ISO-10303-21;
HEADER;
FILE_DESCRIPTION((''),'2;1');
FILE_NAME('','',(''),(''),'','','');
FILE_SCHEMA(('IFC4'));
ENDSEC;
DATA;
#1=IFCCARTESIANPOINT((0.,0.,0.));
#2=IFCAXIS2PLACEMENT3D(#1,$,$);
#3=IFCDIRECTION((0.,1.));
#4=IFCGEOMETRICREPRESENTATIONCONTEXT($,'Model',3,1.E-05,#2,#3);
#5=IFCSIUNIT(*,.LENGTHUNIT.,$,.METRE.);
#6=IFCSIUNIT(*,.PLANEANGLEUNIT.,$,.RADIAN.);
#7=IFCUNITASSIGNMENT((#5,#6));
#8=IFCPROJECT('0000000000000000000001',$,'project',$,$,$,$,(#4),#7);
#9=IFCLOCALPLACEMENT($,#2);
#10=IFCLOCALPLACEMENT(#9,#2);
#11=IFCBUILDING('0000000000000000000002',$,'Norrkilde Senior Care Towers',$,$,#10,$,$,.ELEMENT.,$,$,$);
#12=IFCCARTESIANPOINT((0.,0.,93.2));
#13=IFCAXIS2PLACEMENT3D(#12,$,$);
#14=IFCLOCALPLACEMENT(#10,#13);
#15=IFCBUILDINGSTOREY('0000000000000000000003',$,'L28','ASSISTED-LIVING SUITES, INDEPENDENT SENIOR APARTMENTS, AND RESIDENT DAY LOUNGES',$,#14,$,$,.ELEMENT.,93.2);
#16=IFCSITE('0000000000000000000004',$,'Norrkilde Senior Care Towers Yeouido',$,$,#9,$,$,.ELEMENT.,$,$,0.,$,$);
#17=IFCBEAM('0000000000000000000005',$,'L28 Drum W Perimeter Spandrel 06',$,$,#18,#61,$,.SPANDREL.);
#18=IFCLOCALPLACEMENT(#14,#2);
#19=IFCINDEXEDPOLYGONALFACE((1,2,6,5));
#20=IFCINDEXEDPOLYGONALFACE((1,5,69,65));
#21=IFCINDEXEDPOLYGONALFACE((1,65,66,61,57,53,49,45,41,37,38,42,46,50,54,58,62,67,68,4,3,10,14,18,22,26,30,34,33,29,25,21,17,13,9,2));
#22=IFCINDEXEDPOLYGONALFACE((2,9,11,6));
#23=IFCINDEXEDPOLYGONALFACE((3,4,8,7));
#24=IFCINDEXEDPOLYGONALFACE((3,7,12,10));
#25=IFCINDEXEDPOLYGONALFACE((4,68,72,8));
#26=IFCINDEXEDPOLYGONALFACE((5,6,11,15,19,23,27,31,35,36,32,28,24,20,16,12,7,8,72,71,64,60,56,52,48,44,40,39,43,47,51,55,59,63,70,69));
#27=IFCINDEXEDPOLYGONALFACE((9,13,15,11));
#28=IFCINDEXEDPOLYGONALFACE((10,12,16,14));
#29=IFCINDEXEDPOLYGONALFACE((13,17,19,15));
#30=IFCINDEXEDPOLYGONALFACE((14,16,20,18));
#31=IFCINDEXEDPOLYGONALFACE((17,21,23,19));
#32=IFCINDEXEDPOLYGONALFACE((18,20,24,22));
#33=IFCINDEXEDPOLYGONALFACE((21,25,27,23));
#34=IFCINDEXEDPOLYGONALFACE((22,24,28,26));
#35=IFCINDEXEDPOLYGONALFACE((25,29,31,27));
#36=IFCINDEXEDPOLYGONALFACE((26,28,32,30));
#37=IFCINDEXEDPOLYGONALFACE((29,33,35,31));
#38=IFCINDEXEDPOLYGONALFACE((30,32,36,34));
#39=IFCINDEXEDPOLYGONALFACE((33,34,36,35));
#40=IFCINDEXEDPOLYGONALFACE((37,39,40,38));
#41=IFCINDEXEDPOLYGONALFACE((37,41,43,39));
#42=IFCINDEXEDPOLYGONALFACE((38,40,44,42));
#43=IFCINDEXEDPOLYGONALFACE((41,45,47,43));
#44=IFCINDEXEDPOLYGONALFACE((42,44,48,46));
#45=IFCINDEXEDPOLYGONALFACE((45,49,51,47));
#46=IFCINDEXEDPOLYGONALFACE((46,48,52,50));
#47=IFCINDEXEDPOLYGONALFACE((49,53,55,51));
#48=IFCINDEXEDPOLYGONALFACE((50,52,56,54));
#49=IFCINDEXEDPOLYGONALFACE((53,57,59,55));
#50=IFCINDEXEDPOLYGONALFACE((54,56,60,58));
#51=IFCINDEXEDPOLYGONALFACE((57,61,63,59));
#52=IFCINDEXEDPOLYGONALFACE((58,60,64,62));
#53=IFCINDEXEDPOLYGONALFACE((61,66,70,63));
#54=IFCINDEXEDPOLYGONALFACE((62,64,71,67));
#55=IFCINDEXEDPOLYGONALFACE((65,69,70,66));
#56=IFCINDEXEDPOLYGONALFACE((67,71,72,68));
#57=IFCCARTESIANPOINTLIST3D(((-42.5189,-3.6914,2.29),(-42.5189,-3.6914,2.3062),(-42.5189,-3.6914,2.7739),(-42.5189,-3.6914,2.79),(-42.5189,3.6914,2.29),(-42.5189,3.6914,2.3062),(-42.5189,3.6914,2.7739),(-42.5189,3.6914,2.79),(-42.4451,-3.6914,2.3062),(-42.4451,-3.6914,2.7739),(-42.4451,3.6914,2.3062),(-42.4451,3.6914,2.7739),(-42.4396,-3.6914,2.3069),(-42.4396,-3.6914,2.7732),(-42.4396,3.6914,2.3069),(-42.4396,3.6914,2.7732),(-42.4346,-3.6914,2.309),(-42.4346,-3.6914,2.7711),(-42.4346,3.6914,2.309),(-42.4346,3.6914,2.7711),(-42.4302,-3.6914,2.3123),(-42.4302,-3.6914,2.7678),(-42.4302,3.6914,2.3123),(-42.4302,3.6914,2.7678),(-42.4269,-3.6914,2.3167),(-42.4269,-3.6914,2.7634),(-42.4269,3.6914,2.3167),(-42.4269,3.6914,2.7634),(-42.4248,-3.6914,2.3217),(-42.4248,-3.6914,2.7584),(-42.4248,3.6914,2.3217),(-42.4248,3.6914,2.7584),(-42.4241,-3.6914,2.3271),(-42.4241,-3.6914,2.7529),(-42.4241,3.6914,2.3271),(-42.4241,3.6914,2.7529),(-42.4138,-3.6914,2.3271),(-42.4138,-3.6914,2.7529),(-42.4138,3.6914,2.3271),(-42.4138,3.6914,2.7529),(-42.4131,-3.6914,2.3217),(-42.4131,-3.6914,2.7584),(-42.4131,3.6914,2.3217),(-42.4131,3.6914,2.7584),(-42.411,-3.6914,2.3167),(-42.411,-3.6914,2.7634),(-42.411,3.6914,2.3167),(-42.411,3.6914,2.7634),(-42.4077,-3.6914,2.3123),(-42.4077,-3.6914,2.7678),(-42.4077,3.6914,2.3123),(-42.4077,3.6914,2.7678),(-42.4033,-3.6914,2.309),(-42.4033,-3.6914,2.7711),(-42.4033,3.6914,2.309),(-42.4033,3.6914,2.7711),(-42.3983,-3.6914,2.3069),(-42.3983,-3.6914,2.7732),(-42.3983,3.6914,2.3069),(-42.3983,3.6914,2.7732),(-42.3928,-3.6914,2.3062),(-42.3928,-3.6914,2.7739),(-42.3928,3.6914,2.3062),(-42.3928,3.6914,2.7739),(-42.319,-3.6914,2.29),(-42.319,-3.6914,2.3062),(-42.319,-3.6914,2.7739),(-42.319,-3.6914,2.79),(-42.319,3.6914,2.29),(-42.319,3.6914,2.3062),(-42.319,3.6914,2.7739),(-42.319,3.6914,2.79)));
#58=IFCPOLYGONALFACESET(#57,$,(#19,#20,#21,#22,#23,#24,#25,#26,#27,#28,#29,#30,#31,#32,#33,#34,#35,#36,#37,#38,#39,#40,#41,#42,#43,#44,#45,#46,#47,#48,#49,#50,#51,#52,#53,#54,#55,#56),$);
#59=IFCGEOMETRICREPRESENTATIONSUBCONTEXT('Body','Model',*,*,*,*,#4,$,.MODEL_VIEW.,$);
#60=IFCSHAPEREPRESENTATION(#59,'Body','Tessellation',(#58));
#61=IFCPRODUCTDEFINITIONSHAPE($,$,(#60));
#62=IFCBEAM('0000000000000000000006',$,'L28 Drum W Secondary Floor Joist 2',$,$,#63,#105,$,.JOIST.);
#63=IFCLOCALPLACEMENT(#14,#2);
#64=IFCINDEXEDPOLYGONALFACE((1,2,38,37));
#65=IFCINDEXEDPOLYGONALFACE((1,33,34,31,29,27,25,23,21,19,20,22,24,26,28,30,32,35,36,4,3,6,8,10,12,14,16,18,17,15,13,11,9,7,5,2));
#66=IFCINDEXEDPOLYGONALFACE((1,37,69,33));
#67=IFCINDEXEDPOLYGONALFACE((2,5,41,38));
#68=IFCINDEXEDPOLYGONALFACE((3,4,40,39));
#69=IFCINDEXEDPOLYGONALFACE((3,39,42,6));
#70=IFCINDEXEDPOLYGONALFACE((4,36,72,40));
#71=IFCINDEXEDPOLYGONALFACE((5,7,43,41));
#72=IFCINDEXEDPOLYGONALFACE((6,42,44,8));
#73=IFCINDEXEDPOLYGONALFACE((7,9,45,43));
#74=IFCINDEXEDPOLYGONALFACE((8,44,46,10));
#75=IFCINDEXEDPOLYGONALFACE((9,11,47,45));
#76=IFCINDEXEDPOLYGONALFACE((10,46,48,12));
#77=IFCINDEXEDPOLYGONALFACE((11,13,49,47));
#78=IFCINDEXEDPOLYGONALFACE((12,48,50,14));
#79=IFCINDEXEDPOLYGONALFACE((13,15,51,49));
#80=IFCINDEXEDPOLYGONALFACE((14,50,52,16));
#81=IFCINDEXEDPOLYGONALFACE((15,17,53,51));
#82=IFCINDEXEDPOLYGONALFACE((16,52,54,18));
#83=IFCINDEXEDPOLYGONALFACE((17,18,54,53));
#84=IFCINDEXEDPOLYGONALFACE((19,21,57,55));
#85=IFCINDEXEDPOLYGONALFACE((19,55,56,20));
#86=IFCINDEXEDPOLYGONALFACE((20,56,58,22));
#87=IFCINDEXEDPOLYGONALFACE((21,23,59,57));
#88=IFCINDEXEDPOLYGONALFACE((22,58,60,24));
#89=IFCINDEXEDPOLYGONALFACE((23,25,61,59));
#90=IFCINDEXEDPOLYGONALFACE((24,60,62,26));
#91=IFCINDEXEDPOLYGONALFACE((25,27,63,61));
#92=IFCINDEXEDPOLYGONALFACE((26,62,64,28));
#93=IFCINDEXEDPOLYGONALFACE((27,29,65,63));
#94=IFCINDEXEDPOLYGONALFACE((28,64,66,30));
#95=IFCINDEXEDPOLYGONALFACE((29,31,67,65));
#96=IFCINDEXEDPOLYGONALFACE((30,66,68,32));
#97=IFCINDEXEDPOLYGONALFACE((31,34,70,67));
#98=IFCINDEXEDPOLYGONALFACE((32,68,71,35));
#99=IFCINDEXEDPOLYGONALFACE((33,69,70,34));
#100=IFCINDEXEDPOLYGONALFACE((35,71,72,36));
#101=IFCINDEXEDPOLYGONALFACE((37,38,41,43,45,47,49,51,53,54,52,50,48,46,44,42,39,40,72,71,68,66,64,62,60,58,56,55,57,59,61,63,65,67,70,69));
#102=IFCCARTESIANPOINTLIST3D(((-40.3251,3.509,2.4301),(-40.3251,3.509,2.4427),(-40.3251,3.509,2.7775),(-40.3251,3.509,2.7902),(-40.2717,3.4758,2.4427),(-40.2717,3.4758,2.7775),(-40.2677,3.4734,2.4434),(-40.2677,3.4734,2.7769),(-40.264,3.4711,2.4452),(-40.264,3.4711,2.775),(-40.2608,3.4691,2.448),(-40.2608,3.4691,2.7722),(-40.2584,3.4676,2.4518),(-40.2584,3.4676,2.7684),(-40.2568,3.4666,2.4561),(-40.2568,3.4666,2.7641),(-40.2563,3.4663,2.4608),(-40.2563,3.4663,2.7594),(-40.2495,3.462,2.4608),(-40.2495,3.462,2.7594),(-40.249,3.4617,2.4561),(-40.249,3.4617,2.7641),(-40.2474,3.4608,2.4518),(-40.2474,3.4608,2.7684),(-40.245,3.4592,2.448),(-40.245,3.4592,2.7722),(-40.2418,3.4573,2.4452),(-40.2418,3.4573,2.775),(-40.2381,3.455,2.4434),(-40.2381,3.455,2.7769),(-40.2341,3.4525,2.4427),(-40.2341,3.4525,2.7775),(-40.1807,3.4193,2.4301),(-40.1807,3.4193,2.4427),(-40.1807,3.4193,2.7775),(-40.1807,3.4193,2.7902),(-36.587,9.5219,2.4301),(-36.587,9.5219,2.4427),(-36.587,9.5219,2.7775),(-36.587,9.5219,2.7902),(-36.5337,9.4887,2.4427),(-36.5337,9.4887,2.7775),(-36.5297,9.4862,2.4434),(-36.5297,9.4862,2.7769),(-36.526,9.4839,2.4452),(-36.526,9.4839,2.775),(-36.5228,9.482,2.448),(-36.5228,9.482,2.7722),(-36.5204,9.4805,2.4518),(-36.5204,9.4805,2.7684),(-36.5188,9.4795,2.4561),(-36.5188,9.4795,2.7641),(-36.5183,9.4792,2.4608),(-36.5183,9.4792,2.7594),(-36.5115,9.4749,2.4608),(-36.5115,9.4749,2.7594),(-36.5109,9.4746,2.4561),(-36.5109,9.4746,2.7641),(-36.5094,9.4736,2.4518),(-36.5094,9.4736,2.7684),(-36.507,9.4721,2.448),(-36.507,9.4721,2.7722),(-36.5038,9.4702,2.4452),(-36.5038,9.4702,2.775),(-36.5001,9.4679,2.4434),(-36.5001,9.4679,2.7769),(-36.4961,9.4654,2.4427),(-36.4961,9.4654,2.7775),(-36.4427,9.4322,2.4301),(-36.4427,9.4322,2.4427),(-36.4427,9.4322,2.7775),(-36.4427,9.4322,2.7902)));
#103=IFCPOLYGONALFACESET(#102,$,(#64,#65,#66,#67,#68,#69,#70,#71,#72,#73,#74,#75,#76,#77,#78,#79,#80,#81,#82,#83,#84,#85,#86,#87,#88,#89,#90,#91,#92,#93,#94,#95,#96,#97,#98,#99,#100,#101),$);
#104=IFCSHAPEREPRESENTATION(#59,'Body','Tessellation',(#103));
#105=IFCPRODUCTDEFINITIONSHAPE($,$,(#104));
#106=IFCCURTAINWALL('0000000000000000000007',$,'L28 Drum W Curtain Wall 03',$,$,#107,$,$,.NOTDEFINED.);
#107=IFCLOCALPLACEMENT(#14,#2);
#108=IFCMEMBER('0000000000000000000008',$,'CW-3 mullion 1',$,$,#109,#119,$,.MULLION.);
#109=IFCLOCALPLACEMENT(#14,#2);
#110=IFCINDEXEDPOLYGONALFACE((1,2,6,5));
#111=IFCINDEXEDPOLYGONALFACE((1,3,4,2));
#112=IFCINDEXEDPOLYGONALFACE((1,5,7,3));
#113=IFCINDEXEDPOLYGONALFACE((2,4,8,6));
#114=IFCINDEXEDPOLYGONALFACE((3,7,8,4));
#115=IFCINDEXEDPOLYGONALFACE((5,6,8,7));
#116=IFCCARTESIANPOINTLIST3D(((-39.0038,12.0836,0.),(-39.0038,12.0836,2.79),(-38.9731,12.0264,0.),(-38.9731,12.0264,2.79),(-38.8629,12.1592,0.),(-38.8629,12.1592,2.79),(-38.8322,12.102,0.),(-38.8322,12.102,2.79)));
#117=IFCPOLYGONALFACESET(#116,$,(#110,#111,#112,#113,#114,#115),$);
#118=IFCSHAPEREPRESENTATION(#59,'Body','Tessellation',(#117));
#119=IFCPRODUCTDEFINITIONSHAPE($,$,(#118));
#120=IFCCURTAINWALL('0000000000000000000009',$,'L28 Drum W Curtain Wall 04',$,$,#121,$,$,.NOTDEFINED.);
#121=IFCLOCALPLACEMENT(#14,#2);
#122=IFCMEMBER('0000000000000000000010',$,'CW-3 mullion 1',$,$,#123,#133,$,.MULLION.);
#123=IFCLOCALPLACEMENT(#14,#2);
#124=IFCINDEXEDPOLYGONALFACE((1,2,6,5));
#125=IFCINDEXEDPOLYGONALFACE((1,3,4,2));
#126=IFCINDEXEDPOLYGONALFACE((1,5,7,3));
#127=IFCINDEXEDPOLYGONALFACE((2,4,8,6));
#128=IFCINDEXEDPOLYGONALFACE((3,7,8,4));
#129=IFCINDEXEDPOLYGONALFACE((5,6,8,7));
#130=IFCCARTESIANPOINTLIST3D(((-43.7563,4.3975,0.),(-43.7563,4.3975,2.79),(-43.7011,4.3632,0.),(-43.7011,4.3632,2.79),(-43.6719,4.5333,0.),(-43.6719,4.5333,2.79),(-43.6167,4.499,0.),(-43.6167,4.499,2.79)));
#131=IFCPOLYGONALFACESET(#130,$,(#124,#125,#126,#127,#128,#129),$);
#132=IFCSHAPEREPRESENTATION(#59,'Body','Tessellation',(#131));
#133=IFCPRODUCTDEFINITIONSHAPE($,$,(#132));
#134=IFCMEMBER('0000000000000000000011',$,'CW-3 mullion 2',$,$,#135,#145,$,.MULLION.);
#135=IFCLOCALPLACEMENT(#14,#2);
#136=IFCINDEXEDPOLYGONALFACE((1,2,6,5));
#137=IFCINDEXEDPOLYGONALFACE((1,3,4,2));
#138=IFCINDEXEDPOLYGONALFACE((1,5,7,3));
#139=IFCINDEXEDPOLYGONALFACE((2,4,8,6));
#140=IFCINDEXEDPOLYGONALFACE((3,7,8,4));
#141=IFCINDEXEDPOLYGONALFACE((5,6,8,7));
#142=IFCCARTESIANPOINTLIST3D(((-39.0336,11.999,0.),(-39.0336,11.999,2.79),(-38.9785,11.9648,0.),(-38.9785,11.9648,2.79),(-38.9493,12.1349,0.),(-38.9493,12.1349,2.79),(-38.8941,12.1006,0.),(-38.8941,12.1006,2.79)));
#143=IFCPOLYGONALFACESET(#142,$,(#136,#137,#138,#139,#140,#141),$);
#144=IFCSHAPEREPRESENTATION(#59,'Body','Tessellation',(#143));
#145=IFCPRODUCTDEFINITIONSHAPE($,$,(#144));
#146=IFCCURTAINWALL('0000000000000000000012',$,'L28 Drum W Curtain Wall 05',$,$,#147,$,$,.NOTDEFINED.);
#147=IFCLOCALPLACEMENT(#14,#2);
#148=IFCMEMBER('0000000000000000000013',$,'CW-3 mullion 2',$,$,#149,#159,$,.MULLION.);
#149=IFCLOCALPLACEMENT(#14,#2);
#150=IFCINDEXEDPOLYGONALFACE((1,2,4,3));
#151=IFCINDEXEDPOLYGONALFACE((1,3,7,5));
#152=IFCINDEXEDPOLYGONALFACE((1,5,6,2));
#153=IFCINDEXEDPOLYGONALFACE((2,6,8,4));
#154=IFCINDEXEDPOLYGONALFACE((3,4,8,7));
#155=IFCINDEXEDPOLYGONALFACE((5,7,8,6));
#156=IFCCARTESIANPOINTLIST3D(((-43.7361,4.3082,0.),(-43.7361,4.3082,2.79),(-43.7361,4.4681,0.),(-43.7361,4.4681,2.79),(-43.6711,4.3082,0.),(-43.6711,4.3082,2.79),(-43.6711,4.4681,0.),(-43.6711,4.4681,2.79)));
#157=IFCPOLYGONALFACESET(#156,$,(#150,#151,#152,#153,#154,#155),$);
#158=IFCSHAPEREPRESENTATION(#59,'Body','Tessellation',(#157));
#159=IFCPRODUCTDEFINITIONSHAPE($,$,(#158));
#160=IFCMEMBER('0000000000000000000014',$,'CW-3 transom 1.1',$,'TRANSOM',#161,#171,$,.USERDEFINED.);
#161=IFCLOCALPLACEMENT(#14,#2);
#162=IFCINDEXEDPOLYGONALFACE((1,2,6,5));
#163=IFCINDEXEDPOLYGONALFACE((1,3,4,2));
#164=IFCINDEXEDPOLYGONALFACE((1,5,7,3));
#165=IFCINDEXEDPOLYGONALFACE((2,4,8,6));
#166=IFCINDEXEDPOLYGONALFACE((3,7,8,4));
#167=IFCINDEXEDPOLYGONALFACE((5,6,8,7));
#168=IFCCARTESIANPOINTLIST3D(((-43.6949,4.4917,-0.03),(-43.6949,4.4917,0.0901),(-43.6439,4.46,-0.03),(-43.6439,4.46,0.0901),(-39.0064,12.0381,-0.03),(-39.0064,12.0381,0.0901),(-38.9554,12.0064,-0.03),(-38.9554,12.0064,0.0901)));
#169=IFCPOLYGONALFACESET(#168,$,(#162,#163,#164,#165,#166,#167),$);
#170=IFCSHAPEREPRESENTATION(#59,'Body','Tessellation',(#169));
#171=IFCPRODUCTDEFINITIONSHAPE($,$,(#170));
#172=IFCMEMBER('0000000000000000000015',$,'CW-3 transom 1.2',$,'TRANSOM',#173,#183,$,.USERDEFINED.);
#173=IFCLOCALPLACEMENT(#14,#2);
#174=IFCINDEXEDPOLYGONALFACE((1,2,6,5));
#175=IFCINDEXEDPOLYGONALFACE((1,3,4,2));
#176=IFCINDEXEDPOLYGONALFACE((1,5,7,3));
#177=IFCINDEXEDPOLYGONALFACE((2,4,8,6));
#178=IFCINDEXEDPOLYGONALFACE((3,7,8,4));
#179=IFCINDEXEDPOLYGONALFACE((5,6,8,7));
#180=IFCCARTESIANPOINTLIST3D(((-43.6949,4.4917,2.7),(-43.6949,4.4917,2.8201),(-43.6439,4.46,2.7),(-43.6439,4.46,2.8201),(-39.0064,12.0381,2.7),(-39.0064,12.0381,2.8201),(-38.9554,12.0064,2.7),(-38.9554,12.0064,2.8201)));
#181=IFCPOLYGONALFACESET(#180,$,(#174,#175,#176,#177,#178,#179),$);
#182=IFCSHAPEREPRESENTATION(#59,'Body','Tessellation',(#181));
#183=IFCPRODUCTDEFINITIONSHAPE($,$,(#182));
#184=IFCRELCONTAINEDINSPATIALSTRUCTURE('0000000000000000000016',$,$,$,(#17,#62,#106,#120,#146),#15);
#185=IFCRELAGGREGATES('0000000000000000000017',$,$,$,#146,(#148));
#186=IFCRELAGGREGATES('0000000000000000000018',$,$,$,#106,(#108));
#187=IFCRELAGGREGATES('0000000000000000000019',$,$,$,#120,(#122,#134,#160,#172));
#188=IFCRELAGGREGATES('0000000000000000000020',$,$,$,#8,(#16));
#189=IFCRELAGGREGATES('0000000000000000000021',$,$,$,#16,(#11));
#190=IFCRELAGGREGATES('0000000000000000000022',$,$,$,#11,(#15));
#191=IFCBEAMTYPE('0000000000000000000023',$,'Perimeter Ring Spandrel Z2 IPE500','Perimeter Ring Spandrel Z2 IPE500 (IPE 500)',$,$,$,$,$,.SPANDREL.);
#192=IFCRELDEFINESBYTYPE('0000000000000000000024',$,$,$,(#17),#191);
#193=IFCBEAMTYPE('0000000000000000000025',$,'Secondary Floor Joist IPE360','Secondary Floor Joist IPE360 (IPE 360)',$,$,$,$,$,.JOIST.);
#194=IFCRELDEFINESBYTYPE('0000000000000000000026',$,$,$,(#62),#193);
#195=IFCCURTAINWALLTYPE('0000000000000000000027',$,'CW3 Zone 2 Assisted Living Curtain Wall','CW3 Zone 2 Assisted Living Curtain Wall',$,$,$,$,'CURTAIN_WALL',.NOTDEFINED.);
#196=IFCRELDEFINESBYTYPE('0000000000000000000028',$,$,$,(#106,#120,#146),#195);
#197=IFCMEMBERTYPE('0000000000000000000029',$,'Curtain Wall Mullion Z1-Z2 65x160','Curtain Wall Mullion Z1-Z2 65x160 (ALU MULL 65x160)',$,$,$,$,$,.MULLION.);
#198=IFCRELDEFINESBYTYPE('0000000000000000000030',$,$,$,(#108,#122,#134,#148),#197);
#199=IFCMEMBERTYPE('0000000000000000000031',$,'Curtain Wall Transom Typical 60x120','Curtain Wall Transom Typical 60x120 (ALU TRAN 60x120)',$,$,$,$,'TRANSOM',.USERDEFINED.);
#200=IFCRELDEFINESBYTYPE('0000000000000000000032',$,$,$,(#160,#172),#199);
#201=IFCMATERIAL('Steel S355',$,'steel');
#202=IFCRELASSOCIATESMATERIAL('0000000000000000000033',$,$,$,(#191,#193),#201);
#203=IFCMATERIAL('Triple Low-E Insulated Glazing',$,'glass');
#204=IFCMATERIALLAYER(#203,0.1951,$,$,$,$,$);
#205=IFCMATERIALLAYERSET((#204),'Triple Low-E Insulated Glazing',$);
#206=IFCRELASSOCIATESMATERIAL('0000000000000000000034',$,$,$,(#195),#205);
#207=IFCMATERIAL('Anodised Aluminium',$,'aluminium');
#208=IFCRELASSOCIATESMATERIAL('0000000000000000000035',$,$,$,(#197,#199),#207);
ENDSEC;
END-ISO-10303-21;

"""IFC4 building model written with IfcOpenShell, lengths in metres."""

from ifc_helpers import new_model, si_unit, direction, frame, origin, origin_2d, place, context, subcontext, project, spatial, rectangle, i_section, extrude, source, transform, mapped, material, layer, layer_set, material_profile, profile_set, type_object, type_shapes, element, aggregate, save


model = new_model("IFC4")

# Units and contexts
model_context = context("Model", 3, precision=1e-05, world=origin(), true_north=direction((0.0, 1.0)))
body_context = subcontext(model_context, "Body", "Model", "MODEL_VIEW")
ifc_project = project(units=[si_unit("LENGTHUNIT", "METRE"), si_unit("PLANEANGLEUNIT", "RADIAN")], contexts=[model_context])

# Site, building, storey
site_placement = place(None, origin())
site = spatial("IfcSite", under=ifc_project, at=site_placement, Name="Norrkilde Senior Care Towers Yeouido", CompositionType="ELEMENT", RefElevation=0.0)
building_placement = place(site_placement, origin())
building = spatial("IfcBuilding", under=site, at=building_placement, Name="Norrkilde Senior Care Towers", CompositionType="ELEMENT")
storey_placement = place(building_placement, frame((0.0, 0.0, 93.2)))
storey = spatial("IfcBuildingStorey", under=building, at=storey_placement, Name="L28", Description="ASSISTED-LIVING SUITES, INDEPENDENT SENIOR APARTMENTS, AND RESIDENT DAY LOUNGES", CompositionType="ELEMENT", Elevation=93.2)

# Beams
ifc_material_1 = material(Name="Steel S355", Category="steel")
ifc_material_profile_1 = material_profile(ifc_material_1, i_section(OverallWidth=0.2, OverallDepth=0.5, WebThickness=0.0103, FlangeThickness=0.0161, FilletRadius=0.021, at=origin_2d()), Name="IPE 500")
ifc_profile_set_1 = profile_set([ifc_material_profile_1], Name="Steel S355")
beam_type_1 = type_object("IfcBeamType", Name="Perimeter Ring Spandrel Z2 IPE500", Description="Perimeter Ring Spandrel Z2 IPE500 (IPE 500)", PredefinedType="SPANDREL", material=ifc_profile_set_1)
shared_shape_1 = source(origin(), body_context, "Body", "SweptSolid", [
    extrude(i_section(OverallWidth=0.2, OverallDepth=0.5, WebThickness=0.0103, FlangeThickness=0.0161, FilletRadius=0.021, at=origin_2d()), origin(), (0.0, 0.0, 1.0), 7.3828),
])
beam_1_placement = place(storey_placement, frame((-42.4189, 3.6914, 2.54), z_axis=(0.0, -1.0, 0.0), x_axis=(1.0, 0.0, 0.0)))
element("IfcBeam", 1, at=beam_1_placement, inside=storey, type_object=beam_type_1, Name="L28 Drum W Perimeter Spandrel 06", PredefinedType="SPANDREL", context=body_context, shape_type="MappedRepresentation", body=[
    mapped(shared_shape_1, transform((0.0, 0.0, 0.0), x_axis=(1.0, 0.0, 0.0), y_axis=(0.0, 1.0, 0.0), z_axis=(0.0, 0.0, 1.0), scale=1.0)),
])
ifc_material_profile_2 = material_profile(ifc_material_1, i_section(OverallWidth=0.1699, OverallDepth=0.3601, WebThickness=0.0081, FlangeThickness=0.0127, FilletRadius=0.0181, at=origin_2d()), Name="IPE 360")
ifc_profile_set_2 = profile_set([ifc_material_profile_2], Name="Steel S355")
beam_type_2 = type_object("IfcBeamType", Name="Secondary Floor Joist IPE360", Description="Secondary Floor Joist IPE360 (IPE 360)", PredefinedType="JOIST", material=ifc_profile_set_2)
shared_shape_2 = source(origin(), body_context, "Body", "SweptSolid", [
    extrude(i_section(OverallWidth=0.1699, OverallDepth=0.3601, WebThickness=0.0081, FlangeThickness=0.0127, FilletRadius=0.0181, at=origin_2d()), origin(), (0.0, 0.0, 1.0), 7.0801),
])
type_shapes(beam_type_2, [shared_shape_2])
beam_2_placement = place(storey_placement, frame((-36.5149, 9.4771, 2.6101), z_axis=(-0.527961, -0.849269, 0.0), x_axis=(0.849269, -0.527961, 0.0)))
element("IfcBeam", 2, at=beam_2_placement, inside=storey, type_object=beam_type_2, Name="L28 Drum W Secondary Floor Joist 2", PredefinedType="JOIST", context=body_context, shape_type="MappedRepresentation", body=[
    mapped(shared_shape_2, transform((0.0, 0.0, 0.0), x_axis=(1.0, 0.0, 0.0), y_axis=(0.0, 1.0, 0.0), z_axis=(0.0, 0.0, 1.0), scale=1.0)),
])

# Curtain wall, member
ifc_material_2 = material(Name="Triple Low-E Insulated Glazing", Category="glass")
ifc_layer_1 = layer(ifc_material_2, 0.1951)
ifc_layer_set_1 = layer_set([ifc_layer_1], Name="Triple Low-E Insulated Glazing")
curtain_wall_type = type_object("IfcCurtainWallType", Name="CW3 Zone 2 Assisted Living Curtain Wall", Description="CW3 Zone 2 Assisted Living Curtain Wall", ElementType="CURTAIN_WALL", PredefinedType="NOTDEFINED", material=ifc_layer_set_1)
curtain_wall_1_placement = place(storey_placement, origin())
curtain_wall_1 = element("IfcCurtainWall", 3, at=curtain_wall_1_placement, inside=storey, type_object=curtain_wall_type, Name="L28 Drum W Curtain Wall 03", PredefinedType="NOTDEFINED")
ifc_material_3 = material(Name="Anodised Aluminium", Category="aluminium")
ifc_material_profile_3 = material_profile(ifc_material_3, rectangle(XDim=0.0649, YDim=0.1599, at=origin_2d()), Name="ALU MULL 65x160")
ifc_profile_set_3 = profile_set([ifc_material_profile_3], Name="Anodised Aluminium")
member_type_1 = type_object("IfcMemberType", Name="Curtain Wall Mullion Z1-Z2 65x160", Description="Curtain Wall Mullion Z1-Z2 65x160 (ALU MULL 65x160)", PredefinedType="MULLION", material=ifc_profile_set_3)
shared_shape_3 = source(origin(), body_context, "Body", "SweptSolid", [
    extrude(rectangle(XDim=0.0649, YDim=0.1599, at=origin_2d()), origin(), (0.0, 0.0, 1.0), 2.79),
])
type_shapes(member_type_1, [shared_shape_3])
member_1_placement = place(storey_placement, frame((-38.918, 12.0928, 0.0), z_axis=(0.0, 0.0, 1.0), x_axis=(-0.472769, 0.881186, 0.0)))
member_1 = element("IfcMember", 4, at=member_1_placement, type_object=member_type_1, Name="CW-3 mullion 1", PredefinedType="MULLION", context=body_context, shape_type="MappedRepresentation", body=[
    mapped(shared_shape_3, transform((0.0, 0.0, 0.0), x_axis=(1.0, 0.0, 0.0), y_axis=(0.0, 1.0, 0.0), z_axis=(0.0, 0.0, 1.0), scale=1.0)),
])

# Curtain wall, members
curtain_wall_2_placement = place(storey_placement, origin())
curtain_wall_2 = element("IfcCurtainWall", 5, at=curtain_wall_2_placement, inside=storey, type_object=curtain_wall_type, Name="L28 Drum W Curtain Wall 04", PredefinedType="NOTDEFINED")
member_2_placement = place(storey_placement, frame((-43.6865, 4.4482, 0.0), z_axis=(0.0, 0.0, 1.0), x_axis=(-0.84941, 0.527733, 0.0)))
member_2 = element("IfcMember", 6, at=member_2_placement, type_object=member_type_1, Name="CW-3 mullion 1", PredefinedType="MULLION", context=body_context, shape_type="MappedRepresentation", body=[
    mapped(shared_shape_3, transform((0.0, 0.0, 0.0), x_axis=(1.0, 0.0, 0.0), y_axis=(0.0, 1.0, 0.0), z_axis=(0.0, 0.0, 1.0), scale=1.0)),
])
member_3_placement = place(storey_placement, frame((-38.9639, 12.0498, 0.0), z_axis=(0.0, 0.0, 1.0), x_axis=(-0.84941, 0.527733, 0.0)))
member_3 = element("IfcMember", 7, at=member_3_placement, type_object=member_type_1, Name="CW-3 mullion 2", PredefinedType="MULLION", context=body_context, shape_type="MappedRepresentation", body=[
    mapped(shared_shape_3, transform((0.0, 0.0, 0.0), x_axis=(1.0, 0.0, 0.0), y_axis=(0.0, 1.0, 0.0), z_axis=(0.0, 0.0, 1.0), scale=1.0)),
])

# Curtain wall, member
curtain_wall_3_placement = place(storey_placement, origin())
curtain_wall_3 = element("IfcCurtainWall", 8, at=curtain_wall_3_placement, inside=storey, type_object=curtain_wall_type, Name="L28 Drum W Curtain Wall 05", PredefinedType="NOTDEFINED")
member_4_placement = place(storey_placement, frame((-43.7036, 4.3882, 0.0), z_axis=(0.0, 0.0, 1.0), x_axis=(-1.0, 0.0, 0.0)))
member_4 = element("IfcMember", 9, at=member_4_placement, type_object=member_type_1, Name="CW-3 mullion 2", PredefinedType="MULLION", context=body_context, shape_type="MappedRepresentation", body=[
    mapped(shared_shape_3, transform((0.0, 0.0, 0.0), x_axis=(1.0, 0.0, 0.0), y_axis=(0.0, 1.0, 0.0), z_axis=(0.0, 0.0, 1.0), scale=1.0)),
])
aggregate(curtain_wall_3, [member_4])

# Members
ifc_material_profile_4 = material_profile(ifc_material_3, rectangle(XDim=0.0601, YDim=0.1201, at=origin_2d()), Name="ALU TRAN 60x120")
ifc_profile_set_4 = profile_set([ifc_material_profile_4], Name="Anodised Aluminium")
member_type_2 = type_object("IfcMemberType", Name="Curtain Wall Transom Typical 60x120", Description="Curtain Wall Transom Typical 60x120 (ALU TRAN 60x120)", ElementType="TRANSOM", PredefinedType="USERDEFINED", material=ifc_profile_set_4)
shared_shape_4 = source(origin(), body_context, "Body", "SweptSolid", [
    extrude(rectangle(XDim=0.0601, YDim=0.1201, at=origin_2d()), origin(), (0.0, 0.0, 1.0), 8.8843),
])
member_5_placement = place(storey_placement, frame((-43.6694, 4.4758, 0.03), z_axis=(0.527729, 0.849413, 0.0), x_axis=(-0.849413, 0.527729, 0.0)))
member_5 = element("IfcMember", 10, at=member_5_placement, type_object=member_type_2, Name="CW-3 transom 1.1", ObjectType="TRANSOM", PredefinedType="USERDEFINED", context=body_context, shape_type="MappedRepresentation", body=[
    mapped(shared_shape_4, transform((0.0, 0.0, 0.0), x_axis=(1.0, 0.0, 0.0), y_axis=(0.0, 1.0, 0.0), z_axis=(0.0, 0.0, 1.0), scale=1.0)),
])
member_6_placement = place(storey_placement, frame((-43.6694, 4.4758, 2.76), z_axis=(0.527729, 0.849413, 0.0), x_axis=(-0.849413, 0.527729, 0.0)))
member_6 = element("IfcMember", 11, at=member_6_placement, type_object=member_type_2, Name="CW-3 transom 1.2", ObjectType="TRANSOM", PredefinedType="USERDEFINED", context=body_context, shape_type="MappedRepresentation", body=[
    mapped(shared_shape_4, transform((0.0, 0.0, 0.0), x_axis=(1.0, 0.0, 0.0), y_axis=(0.0, 1.0, 0.0), z_axis=(0.0, 0.0, 1.0), scale=1.0)),
])
aggregate(curtain_wall_1, [member_1])

aggregate(curtain_wall_2, [member_2, member_3, member_5, member_6])

save(model, "model.ifc")
